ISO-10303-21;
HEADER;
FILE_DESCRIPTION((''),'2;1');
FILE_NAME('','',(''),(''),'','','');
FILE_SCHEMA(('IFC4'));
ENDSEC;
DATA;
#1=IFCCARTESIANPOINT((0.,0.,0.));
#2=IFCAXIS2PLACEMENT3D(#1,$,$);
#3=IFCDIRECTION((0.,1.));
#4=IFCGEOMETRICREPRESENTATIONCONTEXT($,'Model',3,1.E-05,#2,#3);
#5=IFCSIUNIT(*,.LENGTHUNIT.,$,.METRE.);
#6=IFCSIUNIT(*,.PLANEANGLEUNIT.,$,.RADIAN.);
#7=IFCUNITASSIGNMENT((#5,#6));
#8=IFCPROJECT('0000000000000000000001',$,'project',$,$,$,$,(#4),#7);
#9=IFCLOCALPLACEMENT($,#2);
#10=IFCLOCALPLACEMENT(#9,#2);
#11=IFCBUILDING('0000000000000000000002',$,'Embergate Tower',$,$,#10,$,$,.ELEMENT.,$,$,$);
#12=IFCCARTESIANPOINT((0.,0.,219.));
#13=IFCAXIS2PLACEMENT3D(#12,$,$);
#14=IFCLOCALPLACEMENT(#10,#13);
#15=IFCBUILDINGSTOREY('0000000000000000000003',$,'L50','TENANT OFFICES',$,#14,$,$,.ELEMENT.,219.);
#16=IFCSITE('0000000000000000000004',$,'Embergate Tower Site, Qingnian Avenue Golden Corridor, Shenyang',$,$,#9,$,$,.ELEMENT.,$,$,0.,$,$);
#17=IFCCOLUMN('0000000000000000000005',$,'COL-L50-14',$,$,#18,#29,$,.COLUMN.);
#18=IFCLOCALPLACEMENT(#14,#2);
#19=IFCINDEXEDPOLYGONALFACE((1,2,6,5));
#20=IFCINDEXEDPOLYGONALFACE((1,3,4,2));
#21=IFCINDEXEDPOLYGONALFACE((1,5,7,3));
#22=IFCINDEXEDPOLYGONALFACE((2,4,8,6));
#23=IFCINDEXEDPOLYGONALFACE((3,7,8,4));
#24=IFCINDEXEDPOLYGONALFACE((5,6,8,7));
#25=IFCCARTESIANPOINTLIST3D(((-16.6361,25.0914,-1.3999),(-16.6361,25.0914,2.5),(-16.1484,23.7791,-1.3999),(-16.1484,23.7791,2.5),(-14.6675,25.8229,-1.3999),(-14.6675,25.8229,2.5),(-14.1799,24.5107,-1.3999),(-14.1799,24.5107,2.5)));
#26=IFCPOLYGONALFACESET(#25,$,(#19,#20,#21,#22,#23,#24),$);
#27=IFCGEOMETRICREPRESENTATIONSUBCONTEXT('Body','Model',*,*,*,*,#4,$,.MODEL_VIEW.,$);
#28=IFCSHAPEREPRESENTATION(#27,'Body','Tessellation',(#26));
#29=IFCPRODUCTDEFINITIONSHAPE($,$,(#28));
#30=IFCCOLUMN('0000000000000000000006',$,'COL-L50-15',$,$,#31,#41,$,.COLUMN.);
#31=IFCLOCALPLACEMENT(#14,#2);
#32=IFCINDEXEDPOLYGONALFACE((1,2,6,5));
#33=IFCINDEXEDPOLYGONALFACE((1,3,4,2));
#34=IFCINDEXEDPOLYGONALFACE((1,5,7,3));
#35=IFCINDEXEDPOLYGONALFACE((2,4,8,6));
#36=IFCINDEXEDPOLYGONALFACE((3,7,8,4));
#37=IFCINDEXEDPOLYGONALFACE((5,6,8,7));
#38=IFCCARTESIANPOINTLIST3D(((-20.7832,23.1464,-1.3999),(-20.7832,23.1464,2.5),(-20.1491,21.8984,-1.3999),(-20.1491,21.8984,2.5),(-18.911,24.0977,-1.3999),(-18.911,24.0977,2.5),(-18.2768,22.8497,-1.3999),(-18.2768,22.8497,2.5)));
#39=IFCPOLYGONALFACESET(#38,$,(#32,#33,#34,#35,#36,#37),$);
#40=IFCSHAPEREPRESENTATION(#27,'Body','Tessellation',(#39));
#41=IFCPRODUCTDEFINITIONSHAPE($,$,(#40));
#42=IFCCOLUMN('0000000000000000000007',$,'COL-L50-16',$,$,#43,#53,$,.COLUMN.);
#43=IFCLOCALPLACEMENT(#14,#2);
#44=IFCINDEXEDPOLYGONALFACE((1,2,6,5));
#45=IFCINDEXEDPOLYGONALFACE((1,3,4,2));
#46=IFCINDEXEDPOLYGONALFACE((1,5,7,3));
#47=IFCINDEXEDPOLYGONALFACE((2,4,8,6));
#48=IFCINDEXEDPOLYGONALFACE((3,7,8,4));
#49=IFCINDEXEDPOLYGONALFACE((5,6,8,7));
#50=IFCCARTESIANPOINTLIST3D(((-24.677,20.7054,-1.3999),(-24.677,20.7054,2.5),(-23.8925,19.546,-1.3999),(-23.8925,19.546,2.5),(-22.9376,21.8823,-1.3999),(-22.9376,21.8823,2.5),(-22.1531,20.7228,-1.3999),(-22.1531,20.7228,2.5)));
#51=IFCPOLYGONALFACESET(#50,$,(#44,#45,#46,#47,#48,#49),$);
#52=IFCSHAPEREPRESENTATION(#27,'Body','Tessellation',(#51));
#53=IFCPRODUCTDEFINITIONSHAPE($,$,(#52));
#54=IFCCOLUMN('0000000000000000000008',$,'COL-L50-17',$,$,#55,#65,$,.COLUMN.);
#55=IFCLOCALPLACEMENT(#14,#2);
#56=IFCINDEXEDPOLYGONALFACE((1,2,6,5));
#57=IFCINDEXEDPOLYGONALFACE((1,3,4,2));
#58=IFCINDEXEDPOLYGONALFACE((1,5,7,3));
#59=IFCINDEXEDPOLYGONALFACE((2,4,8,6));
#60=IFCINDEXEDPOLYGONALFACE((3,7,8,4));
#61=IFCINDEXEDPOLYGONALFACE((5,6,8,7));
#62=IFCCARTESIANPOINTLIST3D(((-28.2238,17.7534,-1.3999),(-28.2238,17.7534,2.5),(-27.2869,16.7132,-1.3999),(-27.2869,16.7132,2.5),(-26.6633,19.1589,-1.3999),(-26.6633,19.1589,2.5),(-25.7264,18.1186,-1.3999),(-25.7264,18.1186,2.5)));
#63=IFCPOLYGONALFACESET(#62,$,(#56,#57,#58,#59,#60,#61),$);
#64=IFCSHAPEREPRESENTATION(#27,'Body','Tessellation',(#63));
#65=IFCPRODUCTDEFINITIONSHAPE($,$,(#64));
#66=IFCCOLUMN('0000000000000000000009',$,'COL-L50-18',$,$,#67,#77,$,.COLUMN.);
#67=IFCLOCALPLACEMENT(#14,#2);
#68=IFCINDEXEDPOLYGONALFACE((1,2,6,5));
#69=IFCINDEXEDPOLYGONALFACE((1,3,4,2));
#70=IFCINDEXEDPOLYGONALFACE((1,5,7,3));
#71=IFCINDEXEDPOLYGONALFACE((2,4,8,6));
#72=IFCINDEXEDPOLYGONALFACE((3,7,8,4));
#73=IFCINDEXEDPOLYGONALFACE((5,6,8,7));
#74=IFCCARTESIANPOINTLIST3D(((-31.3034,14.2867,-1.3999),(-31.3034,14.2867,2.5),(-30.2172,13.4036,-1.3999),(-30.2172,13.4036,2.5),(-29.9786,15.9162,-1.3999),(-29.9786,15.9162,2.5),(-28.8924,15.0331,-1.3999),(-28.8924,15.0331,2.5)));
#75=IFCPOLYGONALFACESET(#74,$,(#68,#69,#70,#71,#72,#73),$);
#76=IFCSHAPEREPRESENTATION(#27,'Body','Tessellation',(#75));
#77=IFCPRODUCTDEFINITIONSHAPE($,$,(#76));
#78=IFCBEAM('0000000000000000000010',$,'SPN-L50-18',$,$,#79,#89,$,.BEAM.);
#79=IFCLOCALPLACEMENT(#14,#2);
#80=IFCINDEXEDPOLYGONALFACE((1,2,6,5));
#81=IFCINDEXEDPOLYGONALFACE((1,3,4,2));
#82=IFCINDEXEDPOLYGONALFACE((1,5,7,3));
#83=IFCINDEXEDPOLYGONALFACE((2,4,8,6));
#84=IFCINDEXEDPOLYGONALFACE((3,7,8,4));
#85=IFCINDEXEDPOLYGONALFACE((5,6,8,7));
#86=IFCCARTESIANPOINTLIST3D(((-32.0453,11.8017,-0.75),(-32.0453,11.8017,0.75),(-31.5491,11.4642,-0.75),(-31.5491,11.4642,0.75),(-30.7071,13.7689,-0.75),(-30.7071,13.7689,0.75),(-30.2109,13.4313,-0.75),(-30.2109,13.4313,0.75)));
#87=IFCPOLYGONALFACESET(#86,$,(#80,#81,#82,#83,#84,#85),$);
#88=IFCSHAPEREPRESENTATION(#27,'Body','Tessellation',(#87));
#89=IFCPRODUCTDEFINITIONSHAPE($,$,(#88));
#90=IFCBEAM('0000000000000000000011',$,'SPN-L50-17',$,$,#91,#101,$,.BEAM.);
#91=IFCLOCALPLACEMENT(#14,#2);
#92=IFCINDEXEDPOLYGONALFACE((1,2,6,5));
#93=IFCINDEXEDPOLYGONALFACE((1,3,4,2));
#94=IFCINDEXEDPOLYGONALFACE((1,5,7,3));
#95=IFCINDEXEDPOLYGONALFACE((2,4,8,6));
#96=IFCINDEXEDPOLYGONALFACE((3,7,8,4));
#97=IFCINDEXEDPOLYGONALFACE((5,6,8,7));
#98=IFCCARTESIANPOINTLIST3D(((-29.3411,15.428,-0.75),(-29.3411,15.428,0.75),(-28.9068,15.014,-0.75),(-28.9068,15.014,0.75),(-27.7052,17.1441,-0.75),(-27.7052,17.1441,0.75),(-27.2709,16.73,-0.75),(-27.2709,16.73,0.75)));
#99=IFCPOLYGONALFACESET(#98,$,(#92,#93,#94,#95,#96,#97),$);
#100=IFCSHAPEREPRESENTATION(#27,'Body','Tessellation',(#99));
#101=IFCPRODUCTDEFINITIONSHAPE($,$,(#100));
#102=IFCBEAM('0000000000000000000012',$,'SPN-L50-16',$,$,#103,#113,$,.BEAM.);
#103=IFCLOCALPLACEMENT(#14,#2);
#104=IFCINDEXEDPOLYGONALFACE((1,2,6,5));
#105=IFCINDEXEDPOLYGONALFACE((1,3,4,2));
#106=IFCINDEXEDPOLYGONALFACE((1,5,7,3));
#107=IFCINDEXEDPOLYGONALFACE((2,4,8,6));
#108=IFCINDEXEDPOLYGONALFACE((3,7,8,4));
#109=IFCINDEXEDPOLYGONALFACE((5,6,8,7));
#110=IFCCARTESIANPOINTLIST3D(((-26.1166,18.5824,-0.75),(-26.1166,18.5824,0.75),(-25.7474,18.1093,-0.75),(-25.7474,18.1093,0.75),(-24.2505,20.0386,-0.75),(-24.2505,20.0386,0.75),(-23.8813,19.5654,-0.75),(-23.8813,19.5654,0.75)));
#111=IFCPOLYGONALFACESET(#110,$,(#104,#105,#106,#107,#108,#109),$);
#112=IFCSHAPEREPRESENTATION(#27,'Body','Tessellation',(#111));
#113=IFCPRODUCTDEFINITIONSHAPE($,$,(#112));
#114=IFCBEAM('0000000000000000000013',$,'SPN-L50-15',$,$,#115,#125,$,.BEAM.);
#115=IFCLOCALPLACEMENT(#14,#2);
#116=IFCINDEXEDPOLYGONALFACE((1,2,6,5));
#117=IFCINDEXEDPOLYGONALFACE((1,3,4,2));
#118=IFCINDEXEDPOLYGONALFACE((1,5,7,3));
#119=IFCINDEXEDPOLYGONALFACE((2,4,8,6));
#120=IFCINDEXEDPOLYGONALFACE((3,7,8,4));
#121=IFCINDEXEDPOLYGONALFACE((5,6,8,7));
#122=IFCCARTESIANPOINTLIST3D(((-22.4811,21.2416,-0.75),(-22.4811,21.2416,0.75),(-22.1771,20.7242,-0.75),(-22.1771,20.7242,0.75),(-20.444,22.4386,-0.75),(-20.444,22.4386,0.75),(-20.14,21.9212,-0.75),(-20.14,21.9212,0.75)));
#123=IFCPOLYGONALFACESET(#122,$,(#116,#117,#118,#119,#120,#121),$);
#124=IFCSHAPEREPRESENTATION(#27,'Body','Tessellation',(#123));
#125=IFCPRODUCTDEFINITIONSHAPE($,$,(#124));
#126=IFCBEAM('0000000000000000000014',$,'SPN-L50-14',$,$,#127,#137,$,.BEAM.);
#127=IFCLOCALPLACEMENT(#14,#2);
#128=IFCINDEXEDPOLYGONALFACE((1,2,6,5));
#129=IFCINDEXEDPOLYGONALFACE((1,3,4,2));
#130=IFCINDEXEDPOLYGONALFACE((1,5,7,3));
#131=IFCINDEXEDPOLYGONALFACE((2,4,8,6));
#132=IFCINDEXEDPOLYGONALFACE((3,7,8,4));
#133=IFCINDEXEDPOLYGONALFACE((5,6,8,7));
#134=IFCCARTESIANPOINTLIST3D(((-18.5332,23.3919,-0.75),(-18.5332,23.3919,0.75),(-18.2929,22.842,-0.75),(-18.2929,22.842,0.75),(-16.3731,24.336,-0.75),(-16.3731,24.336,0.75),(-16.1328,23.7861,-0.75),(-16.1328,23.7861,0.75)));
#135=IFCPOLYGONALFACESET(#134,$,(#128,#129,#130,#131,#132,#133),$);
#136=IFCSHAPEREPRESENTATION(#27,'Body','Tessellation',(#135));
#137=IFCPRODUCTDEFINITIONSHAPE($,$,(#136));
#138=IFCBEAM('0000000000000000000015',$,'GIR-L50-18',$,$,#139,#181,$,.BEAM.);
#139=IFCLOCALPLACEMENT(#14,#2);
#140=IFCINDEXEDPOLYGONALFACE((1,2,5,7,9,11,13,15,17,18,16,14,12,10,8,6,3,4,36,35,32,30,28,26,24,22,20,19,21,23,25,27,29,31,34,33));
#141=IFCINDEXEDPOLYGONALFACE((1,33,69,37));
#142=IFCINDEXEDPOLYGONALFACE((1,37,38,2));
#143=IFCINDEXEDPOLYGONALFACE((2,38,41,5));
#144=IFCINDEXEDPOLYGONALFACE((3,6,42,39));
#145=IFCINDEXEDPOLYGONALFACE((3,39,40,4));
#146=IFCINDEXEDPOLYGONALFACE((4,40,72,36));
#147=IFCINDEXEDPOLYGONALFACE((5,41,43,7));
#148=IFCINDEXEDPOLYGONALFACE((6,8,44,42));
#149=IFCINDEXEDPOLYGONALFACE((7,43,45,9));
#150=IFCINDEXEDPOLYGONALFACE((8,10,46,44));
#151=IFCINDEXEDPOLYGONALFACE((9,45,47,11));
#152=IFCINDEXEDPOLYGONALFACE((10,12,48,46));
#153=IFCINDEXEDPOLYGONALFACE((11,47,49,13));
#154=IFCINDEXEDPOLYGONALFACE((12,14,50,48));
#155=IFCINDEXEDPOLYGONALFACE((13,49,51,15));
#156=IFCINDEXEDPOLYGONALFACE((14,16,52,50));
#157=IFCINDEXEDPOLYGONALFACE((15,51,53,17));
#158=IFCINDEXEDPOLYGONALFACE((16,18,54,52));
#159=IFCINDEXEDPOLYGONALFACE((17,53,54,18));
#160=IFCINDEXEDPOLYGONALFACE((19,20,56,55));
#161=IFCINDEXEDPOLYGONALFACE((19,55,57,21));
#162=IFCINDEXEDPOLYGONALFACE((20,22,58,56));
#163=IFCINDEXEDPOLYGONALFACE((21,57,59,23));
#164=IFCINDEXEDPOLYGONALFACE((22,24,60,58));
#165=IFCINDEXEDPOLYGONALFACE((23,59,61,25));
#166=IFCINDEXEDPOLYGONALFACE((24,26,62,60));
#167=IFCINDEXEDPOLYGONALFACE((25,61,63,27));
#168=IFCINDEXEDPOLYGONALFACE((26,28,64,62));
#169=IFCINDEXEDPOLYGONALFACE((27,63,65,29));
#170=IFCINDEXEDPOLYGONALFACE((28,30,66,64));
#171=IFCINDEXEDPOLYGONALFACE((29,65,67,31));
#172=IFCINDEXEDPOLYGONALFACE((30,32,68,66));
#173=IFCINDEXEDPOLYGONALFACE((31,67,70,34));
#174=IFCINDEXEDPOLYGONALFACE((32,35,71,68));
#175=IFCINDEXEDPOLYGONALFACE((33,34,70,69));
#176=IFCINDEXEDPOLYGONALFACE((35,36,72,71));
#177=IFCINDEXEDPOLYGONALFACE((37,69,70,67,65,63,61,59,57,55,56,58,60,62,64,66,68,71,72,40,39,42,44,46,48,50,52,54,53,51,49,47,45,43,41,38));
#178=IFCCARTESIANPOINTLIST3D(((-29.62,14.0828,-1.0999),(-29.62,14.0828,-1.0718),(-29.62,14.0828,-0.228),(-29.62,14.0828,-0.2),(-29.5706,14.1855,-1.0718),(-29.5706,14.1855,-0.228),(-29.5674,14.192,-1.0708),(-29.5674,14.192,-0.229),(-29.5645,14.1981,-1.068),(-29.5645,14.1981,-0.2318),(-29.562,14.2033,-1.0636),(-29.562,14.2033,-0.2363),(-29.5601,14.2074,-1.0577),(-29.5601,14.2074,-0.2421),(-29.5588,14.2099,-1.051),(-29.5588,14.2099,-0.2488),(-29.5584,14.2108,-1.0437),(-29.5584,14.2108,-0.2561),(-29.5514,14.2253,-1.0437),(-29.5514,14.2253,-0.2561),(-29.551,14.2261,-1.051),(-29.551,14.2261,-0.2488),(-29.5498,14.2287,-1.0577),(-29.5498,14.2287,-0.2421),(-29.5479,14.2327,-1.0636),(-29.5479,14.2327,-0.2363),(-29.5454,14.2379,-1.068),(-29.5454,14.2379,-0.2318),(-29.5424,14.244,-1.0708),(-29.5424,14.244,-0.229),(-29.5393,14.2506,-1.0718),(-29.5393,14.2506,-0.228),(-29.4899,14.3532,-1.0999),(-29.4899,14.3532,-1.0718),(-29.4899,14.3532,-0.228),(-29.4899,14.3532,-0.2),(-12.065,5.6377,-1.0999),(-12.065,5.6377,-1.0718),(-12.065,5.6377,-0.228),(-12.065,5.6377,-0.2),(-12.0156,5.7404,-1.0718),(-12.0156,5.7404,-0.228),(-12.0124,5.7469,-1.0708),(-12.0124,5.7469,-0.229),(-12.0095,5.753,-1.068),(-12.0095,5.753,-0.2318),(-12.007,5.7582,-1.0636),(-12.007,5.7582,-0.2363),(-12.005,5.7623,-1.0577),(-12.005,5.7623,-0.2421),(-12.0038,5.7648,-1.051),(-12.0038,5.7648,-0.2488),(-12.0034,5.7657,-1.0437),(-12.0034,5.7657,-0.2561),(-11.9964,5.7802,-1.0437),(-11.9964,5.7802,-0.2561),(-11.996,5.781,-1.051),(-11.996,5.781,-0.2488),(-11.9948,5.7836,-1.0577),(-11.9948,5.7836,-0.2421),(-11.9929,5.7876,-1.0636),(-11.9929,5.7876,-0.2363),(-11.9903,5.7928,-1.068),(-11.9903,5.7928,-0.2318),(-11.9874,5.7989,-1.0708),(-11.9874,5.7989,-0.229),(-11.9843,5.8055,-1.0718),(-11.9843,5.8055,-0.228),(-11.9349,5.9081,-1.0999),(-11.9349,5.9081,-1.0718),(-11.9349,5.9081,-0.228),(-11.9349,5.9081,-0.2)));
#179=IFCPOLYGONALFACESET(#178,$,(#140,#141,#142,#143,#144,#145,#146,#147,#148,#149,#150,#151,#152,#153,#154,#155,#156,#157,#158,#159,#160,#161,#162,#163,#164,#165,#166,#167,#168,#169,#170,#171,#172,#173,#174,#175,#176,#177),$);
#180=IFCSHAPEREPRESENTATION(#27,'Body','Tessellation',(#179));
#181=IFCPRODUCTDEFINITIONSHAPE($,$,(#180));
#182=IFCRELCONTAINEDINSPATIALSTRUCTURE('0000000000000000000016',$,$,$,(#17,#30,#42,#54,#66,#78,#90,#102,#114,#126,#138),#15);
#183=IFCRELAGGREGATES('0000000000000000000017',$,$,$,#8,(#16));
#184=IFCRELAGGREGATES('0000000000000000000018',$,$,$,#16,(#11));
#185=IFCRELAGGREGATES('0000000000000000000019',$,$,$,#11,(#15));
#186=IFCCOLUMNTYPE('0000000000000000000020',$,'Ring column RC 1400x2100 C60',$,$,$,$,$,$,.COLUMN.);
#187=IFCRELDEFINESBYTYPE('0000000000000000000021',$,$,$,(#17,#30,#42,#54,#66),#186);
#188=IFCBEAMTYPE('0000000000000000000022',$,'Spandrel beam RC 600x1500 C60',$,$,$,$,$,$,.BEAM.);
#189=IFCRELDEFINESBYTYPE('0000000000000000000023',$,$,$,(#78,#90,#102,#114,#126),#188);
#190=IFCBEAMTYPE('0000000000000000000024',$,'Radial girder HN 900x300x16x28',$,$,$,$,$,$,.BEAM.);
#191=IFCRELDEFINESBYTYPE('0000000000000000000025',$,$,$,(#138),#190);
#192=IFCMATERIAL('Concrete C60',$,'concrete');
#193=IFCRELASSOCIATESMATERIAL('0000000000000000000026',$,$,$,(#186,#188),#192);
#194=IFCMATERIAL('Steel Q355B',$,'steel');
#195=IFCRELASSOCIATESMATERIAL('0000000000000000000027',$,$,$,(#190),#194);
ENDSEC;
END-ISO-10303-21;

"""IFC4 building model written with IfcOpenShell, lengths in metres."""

from ifc_helpers import new_model, si_unit, direction, frame, origin, origin_2d, place, context, subcontext, project, spatial, rectangle, i_section, extrude, source, transform, mapped, material, material_profile, profile_set, type_object, element, save


model = new_model("IFC4")

# Units and contexts
model_context = context("Model", 3, precision=1e-05, world=origin(), true_north=direction((0.0, 1.0)))
body_context = subcontext(model_context, "Body", "Model", "MODEL_VIEW")
ifc_project = project(units=[si_unit("LENGTHUNIT", "METRE"), si_unit("PLANEANGLEUNIT", "RADIAN")], contexts=[model_context])

# Site, building, storey
site_placement = place(None, origin())
site = spatial("IfcSite", under=ifc_project, at=site_placement, Name="Embergate Tower Site, Qingnian Avenue Golden Corridor, Shenyang", CompositionType="ELEMENT", RefElevation=0.0)
building_placement = place(site_placement, origin())
building = spatial("IfcBuilding", under=site, at=building_placement, Name="Embergate Tower", CompositionType="ELEMENT")
storey_placement = place(building_placement, frame((0.0, 0.0, 219.0)))
storey = spatial("IfcBuildingStorey", under=building, at=storey_placement, Name="L50", Description="TENANT OFFICES", CompositionType="ELEMENT", Elevation=219.0)

# Columns
ifc_material_1 = material(Name="Concrete C60", Category="concrete")
ifc_material_profile_1 = material_profile(ifc_material_1, rectangle(XDim=1.3999, YDim=2.1001, at=origin_2d()), Name="RC 1400x2100")
ifc_profile_set_1 = profile_set([ifc_material_profile_1], Name="Concrete C60")
column_type = type_object("IfcColumnType", Name="Ring column RC 1400x2100 C60", PredefinedType="COLUMN", material=ifc_profile_set_1)
shared_shape_1 = source(origin(), body_context, "Body", "SweptSolid", [
    extrude(rectangle(XDim=1.3999, YDim=2.1001, at=origin_2d()), origin(), (0.0, 0.0, 1.0), 3.8999),
])
for number, where, z_axis, x_axis, name in (
    (1, (-15.408, 24.801, -1.3999), (0.0, 0.0, 1.0), (-0.348343, 0.937367, 0.0), "COL-L50-14"),
    (2, (-19.53, 22.998, -1.3999), (0.0, 0.0, 1.0), (-0.453011, 0.891505, 0.0), "COL-L50-15"),
    (3, (-23.415, 20.7141, -1.3999), (0.0, 0.0, 1.0), (-0.560393, 0.828227, 0.0), "COL-L50-16"),
    (4, (-26.9751, 17.936, -1.3999), (0.0, 0.0, 1.0), (-0.669221, 0.743063, 0.0), "COL-L50-17"),
    (5, (-30.0979, 14.6599, -1.3999), (0.0, 0.0, 1.0), (-0.775925, 0.630825, 0.0), "COL-L50-18"),
):
    element("IfcColumn", number, at=place(storey_placement, frame(where, z_axis=z_axis, x_axis=x_axis)), inside=storey, type_object=column_type, Name=name, PredefinedType="COLUMN", context=body_context, shape_type="MappedRepresentation", body=[
        mapped(shared_shape_1, transform((0.0, 0.0, 0.0))),
    ])

# Beams
ifc_material_profile_2 = material_profile(ifc_material_1, rectangle(XDim=0.6001, YDim=1.5, at=origin_2d()), Name="RC 600x1500")
ifc_profile_set_2 = profile_set([ifc_material_profile_2], Name="Concrete C60")
beam_type_1 = type_object("IfcBeamType", Name="Spandrel beam RC 600x1500 C60", PredefinedType="BEAM", material=ifc_profile_set_2)
shared_shape_2 = source(origin(), body_context, "Body", "SweptSolid", [
    extrude(rectangle(XDim=0.6001, YDim=1.5, at=origin_2d()), origin(), (0.0, 0.0, 1.0), 2.3792),
])
beam_1_placement = place(storey_placement, frame((-30.459, 13.6001, 0.0), z_axis=(-0.562467, -0.82682, 0.0), x_axis=(0.82682, -0.562467, 0.0)))
element("IfcBeam", 6, at=beam_1_placement, inside=storey, type_object=beam_type_1, Name="SPN-L50-18", PredefinedType="BEAM", context=body_context, shape_type="MappedRepresentation", body=[
    mapped(shared_shape_2, transform((0.0, 0.0, 0.0))),
])
shared_shape_3 = source(origin(), body_context, "Body", "SweptSolid", [
    extrude(rectangle(XDim=0.6001, YDim=1.5, at=origin_2d()), origin(), (0.0, 0.0, 1.0), 2.3708),
])
beam_2_placement = place(storey_placement, frame((-27.488, 16.937, 0.0), z_axis=(-0.690018, -0.723793, 0.0), x_axis=(0.723793, -0.690018, 0.0)))
element("IfcBeam", 7, at=beam_2_placement, inside=storey, type_object=beam_type_1, Name="SPN-L50-17", PredefinedType="BEAM", context=body_context, shape_type="MappedRepresentation", body=[
    mapped(shared_shape_3, transform((0.0, 0.0, 0.0))),
])
shared_shape_4 = source(origin(), body_context, "Body", "SweptSolid", [
    extrude(rectangle(XDim=0.6001, YDim=1.5, at=origin_2d()), origin(), (0.0, 0.0, 1.0), 2.3669),
])
beam_3_placement = place(storey_placement, frame((-24.0659, 19.802, 0.0), z_axis=(-0.788379, -0.61519, 0.0), x_axis=(0.61519, -0.788379, 0.0)))
element("IfcBeam", 8, at=beam_3_placement, inside=storey, type_object=beam_type_1, Name="SPN-L50-16", PredefinedType="BEAM", context=body_context, shape_type="MappedRepresentation", body=[
    mapped(shared_shape_4, transform((0.0, 0.0, 0.0))),
])
shared_shape_5 = source(origin(), body_context, "Body", "SweptSolid", [
    extrude(rectangle(XDim=0.6001, YDim=1.5, at=origin_2d()), origin(), (0.0, 0.0, 1.0), 2.3628),
])
beam_4_placement = place(storey_placement, frame((-20.292, 22.1799, 0.0), z_axis=(-0.862171, -0.506618, 0.0), x_axis=(0.506618, -0.862171, 0.0)))
element("IfcBeam", 9, at=beam_4_placement, inside=storey, type_object=beam_type_1, Name="SPN-L50-15", PredefinedType="BEAM", context=body_context, shape_type="MappedRepresentation", body=[
    mapped(shared_shape_5, transform((0.0, 0.0, 0.0))),
])
shared_shape_6 = source(origin(), body_context, "Body", "SweptSolid", [
    extrude(rectangle(XDim=0.6001, YDim=1.5, at=origin_2d()), origin(), (0.0, 0.0, 1.0), 2.3574),
])
beam_5_placement = place(storey_placement, frame((-16.2529, 24.061, 0.0), z_axis=(-0.916309, -0.400471, 0.0), x_axis=(0.400471, -0.916309, 0.0)))
element("IfcBeam", 10, at=beam_5_placement, inside=storey, type_object=beam_type_1, Name="SPN-L50-14", PredefinedType="BEAM", context=body_context, shape_type="MappedRepresentation", body=[
    mapped(shared_shape_6, transform((0.0, 0.0, 0.0))),
])
ifc_material_2 = material(Name="Steel Q355B", Category="steel")
ifc_material_profile_3 = material_profile(ifc_material_2, i_section(OverallWidth=0.3, OverallDepth=0.8999, WebThickness=0.0161, FlangeThickness=0.0281, FilletRadius=0.0281, at=origin_2d()), Name="HN 900x300x16x28")
ifc_profile_set_3 = profile_set([ifc_material_profile_3], Name="Steel Q355 grade B")
beam_type_2 = type_object("IfcBeamType", Name="Radial girder HN 900x300x16x28", PredefinedType="BEAM", material=ifc_profile_set_3)
shared_shape_7 = source(origin(), body_context, "Body", "SweptSolid", [
    extrude(i_section(OverallWidth=0.3, OverallDepth=0.8999, WebThickness=0.0161, FlangeThickness=0.0281, FilletRadius=0.0281, at=origin_2d()), origin(), (0.0, 0.0, 1.0), 19.4807),
])
beam_6_placement = place(storey_placement, frame((-29.5549, 14.218, -0.6499), z_axis=(0.901148, -0.433511, 0.0), x_axis=(0.433511, 0.901148, 0.0)))
element("IfcBeam", 11, at=beam_6_placement, inside=storey, type_object=beam_type_2, Name="GIR-L50-18", PredefinedType="BEAM", context=body_context, shape_type="MappedRepresentation", body=[
    mapped(shared_shape_7, transform((0.0, 0.0, 0.0))),
])

save(model, "model.ifc")
